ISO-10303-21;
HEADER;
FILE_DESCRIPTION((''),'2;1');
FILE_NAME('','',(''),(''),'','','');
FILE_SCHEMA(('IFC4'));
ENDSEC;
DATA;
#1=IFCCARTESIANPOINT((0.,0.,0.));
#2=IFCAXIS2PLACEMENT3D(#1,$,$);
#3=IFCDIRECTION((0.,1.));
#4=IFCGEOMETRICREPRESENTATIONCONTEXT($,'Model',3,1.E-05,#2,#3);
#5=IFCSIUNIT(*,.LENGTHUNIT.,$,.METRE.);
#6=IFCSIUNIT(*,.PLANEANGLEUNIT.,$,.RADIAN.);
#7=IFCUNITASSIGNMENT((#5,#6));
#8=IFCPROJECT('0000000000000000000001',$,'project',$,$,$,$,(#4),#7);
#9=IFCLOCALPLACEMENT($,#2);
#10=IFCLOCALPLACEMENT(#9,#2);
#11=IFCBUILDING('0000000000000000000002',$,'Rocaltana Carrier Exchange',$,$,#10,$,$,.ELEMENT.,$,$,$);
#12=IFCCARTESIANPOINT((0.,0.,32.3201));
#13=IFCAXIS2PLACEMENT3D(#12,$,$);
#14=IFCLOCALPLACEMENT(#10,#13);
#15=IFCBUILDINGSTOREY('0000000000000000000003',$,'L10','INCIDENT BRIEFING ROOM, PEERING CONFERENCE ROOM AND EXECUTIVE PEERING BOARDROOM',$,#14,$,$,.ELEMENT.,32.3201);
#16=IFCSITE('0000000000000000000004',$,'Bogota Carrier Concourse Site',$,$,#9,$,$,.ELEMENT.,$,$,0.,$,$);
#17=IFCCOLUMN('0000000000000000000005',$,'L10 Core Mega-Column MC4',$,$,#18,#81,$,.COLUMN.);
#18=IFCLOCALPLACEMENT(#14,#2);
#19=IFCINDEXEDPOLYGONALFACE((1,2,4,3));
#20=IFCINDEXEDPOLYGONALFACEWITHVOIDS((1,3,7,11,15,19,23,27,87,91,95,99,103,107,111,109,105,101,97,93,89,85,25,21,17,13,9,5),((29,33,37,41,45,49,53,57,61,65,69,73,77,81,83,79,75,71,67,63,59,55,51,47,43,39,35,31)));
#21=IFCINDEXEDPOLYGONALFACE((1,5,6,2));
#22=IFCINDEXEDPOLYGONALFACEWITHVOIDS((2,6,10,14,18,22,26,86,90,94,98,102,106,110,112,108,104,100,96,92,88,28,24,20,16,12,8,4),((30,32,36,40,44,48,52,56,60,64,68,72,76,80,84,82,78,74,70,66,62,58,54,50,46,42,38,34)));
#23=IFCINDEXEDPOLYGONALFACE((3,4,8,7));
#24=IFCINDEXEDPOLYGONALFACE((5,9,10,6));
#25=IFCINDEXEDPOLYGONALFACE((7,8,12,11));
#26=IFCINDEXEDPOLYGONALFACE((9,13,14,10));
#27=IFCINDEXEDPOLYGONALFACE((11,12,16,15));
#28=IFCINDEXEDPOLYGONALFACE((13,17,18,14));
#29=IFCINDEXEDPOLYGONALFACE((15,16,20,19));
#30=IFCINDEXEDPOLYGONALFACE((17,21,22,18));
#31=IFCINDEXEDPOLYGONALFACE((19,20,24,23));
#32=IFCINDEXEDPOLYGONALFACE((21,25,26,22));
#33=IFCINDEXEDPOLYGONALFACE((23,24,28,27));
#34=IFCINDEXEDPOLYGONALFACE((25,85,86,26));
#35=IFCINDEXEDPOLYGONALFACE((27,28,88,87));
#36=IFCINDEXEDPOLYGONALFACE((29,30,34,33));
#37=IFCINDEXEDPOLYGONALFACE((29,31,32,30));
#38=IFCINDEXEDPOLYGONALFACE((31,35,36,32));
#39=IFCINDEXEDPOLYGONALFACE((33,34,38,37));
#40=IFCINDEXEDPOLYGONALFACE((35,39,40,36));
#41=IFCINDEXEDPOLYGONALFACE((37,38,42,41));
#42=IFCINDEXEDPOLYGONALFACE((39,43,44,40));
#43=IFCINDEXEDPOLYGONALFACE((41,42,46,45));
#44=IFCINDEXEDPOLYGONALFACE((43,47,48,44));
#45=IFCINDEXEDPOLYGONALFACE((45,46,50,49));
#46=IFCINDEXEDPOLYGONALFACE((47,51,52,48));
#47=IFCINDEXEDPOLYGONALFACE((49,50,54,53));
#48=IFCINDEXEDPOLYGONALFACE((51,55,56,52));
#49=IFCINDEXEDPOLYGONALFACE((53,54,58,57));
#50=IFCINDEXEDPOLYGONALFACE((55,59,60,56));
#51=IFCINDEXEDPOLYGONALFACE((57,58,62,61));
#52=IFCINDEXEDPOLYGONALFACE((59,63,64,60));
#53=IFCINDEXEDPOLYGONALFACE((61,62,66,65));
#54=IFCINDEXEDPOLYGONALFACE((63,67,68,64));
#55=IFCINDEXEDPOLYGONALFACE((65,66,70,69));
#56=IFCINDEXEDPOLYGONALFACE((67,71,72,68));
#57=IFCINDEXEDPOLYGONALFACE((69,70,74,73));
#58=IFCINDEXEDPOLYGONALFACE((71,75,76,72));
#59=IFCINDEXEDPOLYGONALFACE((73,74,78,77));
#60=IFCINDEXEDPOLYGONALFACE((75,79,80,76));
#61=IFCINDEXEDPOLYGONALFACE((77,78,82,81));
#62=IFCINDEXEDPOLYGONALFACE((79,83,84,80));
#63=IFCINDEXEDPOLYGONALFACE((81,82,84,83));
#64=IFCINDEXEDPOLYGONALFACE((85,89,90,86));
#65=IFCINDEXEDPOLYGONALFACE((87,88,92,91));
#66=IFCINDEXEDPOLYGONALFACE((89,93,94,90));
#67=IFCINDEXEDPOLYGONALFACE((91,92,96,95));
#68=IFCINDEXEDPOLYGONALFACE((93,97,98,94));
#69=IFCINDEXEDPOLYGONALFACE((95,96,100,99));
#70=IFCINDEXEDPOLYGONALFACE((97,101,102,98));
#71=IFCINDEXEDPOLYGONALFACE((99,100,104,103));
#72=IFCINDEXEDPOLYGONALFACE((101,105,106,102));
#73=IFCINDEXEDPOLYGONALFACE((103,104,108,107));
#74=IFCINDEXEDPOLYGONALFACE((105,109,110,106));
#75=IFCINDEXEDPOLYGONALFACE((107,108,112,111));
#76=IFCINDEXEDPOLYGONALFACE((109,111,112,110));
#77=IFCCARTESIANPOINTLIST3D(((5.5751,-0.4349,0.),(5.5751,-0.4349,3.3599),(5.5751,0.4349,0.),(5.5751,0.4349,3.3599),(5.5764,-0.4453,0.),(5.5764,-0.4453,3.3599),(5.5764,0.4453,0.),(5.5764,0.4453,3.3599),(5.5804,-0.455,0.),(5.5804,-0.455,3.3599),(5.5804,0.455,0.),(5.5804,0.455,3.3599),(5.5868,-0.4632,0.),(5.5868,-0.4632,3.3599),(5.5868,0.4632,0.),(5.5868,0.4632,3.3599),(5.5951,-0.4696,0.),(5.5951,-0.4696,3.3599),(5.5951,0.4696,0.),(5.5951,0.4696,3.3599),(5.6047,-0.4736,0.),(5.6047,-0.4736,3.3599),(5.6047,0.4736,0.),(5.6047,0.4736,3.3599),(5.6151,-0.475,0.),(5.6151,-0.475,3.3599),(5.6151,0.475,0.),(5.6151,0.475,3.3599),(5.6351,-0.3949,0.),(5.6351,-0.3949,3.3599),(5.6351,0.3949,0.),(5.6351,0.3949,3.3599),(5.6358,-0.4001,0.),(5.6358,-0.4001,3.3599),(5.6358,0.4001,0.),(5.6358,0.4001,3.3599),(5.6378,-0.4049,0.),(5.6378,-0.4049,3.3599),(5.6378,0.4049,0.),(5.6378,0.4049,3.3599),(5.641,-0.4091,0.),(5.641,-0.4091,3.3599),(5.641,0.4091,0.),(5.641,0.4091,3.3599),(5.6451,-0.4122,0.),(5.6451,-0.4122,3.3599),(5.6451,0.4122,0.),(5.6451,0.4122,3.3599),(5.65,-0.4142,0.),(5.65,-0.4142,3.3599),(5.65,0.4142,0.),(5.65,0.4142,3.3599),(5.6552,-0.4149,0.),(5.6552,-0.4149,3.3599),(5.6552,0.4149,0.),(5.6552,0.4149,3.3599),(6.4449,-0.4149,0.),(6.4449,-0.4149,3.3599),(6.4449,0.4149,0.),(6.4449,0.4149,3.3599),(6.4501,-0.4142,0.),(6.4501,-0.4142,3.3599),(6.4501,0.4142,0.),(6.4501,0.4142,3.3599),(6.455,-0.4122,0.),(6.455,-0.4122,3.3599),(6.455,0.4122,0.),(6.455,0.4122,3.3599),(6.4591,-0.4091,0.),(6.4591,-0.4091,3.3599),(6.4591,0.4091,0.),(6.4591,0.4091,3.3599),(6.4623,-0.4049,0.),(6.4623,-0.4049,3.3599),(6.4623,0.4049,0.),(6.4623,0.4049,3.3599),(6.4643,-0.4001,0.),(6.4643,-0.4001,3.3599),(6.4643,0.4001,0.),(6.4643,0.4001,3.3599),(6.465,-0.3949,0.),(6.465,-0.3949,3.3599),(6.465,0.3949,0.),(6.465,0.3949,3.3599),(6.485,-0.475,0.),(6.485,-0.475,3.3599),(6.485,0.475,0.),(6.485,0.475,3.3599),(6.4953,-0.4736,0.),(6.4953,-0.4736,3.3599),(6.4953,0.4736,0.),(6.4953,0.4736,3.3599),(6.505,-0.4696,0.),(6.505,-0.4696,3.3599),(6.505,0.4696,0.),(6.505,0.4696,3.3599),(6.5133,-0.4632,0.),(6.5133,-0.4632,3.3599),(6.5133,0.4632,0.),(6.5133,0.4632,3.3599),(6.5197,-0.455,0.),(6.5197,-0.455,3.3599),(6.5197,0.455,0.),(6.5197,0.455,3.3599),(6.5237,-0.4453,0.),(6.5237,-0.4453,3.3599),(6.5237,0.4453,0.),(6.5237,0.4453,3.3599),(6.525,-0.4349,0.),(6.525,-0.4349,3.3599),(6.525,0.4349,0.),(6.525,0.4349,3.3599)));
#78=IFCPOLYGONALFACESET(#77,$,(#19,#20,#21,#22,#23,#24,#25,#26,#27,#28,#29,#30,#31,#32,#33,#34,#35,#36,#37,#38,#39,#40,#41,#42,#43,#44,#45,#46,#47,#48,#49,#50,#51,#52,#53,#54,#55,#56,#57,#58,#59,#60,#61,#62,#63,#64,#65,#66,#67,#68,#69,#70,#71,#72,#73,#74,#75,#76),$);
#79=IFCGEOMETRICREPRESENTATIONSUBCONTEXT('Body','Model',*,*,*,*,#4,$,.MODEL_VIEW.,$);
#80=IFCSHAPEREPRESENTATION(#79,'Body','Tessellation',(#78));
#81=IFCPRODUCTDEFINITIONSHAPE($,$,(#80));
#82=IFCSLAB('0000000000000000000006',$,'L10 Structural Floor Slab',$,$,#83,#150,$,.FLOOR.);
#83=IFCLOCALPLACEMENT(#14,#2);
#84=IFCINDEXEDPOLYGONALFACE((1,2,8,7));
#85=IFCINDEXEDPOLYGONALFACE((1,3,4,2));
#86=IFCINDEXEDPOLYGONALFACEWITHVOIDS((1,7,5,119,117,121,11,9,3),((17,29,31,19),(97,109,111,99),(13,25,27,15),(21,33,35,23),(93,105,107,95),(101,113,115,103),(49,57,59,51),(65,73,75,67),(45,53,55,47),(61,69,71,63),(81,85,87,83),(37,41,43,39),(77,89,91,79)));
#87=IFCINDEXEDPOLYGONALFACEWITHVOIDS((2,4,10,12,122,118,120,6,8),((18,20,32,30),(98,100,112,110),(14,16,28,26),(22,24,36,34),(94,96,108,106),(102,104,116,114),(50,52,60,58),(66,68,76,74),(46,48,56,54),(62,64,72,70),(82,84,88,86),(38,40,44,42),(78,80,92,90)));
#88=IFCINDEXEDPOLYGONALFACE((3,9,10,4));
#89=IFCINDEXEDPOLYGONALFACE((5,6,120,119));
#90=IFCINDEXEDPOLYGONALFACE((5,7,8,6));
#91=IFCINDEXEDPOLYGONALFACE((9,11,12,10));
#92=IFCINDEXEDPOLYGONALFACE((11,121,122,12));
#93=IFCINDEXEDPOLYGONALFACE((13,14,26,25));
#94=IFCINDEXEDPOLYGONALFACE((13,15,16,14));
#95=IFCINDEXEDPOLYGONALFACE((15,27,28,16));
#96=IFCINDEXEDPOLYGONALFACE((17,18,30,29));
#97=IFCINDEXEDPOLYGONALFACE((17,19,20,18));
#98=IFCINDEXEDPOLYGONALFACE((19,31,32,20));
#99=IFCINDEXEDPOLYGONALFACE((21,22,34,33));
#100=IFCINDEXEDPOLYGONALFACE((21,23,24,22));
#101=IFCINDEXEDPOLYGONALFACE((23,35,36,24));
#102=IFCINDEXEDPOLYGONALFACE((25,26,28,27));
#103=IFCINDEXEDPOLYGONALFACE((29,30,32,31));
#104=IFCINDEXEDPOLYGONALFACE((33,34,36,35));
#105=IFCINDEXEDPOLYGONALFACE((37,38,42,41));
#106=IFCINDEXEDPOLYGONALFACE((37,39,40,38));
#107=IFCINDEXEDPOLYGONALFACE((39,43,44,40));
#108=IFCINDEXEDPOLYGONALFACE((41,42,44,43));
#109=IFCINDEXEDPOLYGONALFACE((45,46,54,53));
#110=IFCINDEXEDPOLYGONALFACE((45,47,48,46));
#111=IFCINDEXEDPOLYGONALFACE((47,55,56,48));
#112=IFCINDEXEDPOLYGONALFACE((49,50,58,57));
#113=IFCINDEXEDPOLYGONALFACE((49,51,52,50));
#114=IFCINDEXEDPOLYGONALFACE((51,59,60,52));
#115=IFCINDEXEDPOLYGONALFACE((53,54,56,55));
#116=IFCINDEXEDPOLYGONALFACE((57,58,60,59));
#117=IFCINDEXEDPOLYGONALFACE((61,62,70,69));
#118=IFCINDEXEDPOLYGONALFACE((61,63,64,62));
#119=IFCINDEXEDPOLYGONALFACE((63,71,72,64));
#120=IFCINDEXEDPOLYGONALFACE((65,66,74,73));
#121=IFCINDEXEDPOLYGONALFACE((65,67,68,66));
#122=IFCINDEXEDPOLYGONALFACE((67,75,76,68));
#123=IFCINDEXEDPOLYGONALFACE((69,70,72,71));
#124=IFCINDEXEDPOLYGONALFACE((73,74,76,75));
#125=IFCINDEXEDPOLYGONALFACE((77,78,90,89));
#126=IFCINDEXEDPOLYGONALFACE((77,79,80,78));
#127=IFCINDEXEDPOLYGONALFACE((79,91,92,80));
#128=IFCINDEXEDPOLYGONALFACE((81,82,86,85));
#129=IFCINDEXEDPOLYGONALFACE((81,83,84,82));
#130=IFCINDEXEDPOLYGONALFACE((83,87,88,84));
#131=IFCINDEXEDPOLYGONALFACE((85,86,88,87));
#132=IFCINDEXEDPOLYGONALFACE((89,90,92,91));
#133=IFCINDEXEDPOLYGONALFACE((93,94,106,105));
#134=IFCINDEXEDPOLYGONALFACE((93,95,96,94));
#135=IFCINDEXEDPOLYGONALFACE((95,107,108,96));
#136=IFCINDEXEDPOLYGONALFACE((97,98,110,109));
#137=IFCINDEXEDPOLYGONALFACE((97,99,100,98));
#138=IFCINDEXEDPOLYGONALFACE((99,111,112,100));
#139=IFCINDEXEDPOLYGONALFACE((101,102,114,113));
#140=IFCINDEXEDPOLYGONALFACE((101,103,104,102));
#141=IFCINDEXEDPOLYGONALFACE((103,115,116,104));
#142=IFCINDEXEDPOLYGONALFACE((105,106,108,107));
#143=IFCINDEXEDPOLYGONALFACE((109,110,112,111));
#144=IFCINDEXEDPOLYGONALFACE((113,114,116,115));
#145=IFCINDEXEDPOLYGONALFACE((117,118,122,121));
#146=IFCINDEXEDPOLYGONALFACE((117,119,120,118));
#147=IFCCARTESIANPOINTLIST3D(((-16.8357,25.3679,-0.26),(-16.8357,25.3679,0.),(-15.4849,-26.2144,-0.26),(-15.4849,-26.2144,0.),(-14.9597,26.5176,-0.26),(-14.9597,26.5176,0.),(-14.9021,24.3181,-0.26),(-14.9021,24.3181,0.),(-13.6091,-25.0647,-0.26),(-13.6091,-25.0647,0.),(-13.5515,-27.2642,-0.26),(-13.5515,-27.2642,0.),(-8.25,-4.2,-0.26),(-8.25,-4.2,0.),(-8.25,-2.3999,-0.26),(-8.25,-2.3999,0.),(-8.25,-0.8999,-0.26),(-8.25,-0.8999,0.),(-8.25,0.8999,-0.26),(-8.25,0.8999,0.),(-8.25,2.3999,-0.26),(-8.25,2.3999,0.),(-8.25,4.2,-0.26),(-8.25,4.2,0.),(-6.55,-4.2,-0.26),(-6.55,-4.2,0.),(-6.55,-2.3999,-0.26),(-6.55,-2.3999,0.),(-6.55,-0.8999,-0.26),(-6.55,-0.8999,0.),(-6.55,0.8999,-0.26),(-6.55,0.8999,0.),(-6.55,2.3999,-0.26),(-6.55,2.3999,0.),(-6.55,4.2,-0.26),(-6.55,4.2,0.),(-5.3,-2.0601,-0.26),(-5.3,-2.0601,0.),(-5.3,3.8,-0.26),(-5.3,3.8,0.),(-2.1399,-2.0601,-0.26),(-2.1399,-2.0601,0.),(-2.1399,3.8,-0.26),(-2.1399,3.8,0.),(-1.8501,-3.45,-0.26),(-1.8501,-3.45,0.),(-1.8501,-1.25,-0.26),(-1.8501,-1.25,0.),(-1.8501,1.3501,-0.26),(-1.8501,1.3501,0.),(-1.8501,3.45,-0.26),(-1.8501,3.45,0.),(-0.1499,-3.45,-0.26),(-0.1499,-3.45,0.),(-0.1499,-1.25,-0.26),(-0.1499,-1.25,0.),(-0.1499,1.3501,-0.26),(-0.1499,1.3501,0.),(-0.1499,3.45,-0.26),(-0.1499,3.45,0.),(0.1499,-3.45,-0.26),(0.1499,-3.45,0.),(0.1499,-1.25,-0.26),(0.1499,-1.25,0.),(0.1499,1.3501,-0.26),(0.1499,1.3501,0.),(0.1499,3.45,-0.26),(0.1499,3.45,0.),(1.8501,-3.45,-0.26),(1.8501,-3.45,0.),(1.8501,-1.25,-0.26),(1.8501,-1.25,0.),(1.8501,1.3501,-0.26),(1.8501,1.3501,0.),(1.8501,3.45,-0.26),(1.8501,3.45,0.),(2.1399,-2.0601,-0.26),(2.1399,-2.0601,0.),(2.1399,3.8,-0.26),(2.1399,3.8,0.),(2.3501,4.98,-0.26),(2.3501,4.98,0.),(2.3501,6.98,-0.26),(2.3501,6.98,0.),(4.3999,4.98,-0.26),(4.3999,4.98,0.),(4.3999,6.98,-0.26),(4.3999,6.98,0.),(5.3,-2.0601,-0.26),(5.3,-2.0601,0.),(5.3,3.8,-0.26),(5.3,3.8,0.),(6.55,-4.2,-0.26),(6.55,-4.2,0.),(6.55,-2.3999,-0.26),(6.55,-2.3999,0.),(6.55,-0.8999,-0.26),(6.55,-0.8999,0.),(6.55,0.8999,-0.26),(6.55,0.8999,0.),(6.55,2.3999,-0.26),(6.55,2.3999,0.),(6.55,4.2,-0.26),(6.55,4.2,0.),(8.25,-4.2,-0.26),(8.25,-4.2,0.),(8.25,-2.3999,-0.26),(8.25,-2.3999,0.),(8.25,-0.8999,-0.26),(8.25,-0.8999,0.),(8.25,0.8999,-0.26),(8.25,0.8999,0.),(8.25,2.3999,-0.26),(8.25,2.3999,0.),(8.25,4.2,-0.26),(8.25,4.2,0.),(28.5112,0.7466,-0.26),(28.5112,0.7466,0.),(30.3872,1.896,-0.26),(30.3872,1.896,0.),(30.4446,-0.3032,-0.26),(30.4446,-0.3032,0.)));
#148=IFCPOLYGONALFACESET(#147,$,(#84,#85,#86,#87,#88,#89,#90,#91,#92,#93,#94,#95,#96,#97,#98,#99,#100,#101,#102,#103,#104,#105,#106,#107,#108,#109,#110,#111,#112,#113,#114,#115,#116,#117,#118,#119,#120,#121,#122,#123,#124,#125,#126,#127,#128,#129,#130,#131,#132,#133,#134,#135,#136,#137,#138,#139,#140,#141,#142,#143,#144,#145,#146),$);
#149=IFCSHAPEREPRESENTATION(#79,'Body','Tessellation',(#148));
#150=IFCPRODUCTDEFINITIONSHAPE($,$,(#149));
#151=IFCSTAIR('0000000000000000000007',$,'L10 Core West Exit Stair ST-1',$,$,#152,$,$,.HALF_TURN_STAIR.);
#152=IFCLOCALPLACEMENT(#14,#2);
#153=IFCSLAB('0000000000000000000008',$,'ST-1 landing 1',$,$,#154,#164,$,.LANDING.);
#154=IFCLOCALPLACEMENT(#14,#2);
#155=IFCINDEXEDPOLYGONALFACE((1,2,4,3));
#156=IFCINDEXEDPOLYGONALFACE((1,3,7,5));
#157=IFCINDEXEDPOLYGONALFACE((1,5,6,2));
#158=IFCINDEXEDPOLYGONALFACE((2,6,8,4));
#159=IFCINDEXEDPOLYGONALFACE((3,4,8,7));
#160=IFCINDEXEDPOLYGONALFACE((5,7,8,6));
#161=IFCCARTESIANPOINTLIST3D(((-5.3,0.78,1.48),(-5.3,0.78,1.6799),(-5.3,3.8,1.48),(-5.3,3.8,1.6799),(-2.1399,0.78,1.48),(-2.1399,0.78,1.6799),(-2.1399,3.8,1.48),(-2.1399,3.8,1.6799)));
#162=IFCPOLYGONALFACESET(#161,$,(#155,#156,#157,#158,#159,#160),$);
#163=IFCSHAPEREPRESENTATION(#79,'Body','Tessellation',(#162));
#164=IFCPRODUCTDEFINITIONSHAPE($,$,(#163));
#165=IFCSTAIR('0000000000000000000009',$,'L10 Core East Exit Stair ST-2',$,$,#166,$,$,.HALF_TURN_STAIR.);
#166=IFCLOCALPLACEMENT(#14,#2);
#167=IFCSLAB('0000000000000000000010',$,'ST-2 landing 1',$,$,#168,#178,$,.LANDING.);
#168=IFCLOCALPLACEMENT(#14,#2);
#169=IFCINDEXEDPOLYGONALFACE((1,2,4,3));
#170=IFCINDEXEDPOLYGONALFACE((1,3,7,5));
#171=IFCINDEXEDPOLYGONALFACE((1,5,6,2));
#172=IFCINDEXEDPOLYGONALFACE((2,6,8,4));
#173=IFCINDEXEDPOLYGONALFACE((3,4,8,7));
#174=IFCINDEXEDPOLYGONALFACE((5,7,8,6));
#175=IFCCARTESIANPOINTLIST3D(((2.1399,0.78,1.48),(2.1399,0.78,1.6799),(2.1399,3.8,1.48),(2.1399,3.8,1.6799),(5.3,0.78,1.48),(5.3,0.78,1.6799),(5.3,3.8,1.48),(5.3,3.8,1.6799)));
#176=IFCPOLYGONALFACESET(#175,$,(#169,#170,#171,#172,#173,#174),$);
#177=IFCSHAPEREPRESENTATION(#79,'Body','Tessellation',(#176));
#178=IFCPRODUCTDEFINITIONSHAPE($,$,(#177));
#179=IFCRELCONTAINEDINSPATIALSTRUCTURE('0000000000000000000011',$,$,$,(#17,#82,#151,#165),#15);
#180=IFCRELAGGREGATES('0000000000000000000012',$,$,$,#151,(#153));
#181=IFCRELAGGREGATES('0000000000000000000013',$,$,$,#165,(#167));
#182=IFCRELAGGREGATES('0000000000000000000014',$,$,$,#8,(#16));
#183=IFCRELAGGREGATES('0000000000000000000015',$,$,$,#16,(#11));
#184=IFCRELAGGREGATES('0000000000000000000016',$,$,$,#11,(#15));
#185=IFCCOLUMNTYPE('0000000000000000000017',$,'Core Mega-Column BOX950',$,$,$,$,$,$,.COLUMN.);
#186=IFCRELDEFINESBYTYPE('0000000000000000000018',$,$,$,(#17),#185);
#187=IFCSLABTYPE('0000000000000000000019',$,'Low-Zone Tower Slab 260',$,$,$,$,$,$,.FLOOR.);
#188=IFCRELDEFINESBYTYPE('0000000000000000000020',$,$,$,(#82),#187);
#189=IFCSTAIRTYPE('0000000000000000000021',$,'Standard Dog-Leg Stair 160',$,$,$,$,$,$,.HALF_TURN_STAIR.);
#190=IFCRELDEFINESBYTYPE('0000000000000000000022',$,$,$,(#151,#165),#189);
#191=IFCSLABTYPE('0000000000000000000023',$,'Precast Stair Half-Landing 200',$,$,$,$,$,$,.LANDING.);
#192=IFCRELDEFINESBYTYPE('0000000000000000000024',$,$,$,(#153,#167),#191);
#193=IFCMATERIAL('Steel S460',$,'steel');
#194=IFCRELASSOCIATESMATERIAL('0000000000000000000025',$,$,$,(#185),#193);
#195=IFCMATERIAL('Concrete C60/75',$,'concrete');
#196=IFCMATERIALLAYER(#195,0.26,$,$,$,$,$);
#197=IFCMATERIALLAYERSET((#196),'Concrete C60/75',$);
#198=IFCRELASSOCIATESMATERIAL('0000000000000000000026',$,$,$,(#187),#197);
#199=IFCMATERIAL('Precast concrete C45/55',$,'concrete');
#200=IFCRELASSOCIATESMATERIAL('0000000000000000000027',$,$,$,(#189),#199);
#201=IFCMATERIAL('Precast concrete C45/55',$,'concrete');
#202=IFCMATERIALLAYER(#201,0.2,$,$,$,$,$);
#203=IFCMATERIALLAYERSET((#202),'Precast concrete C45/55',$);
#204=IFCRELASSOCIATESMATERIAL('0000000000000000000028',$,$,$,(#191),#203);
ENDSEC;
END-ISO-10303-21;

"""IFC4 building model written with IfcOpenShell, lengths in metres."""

from ifc_helpers import new_model, si_unit, direction, frame, origin, origin_2d, place, context, subcontext, project, spatial, polyline, hollow_rectangle, outline, extrude, material, layer, layer_set, material_profile, profile_set, type_object, element, aggregate, save


model = new_model("IFC4")

# Units and contexts
model_context = context("Model", 3, precision=1e-05, world=origin(), true_north=direction((0.0, 1.0)))
body_context = subcontext(model_context, "Body", "Model", "MODEL_VIEW")
ifc_project = project(units=[si_unit("LENGTHUNIT", "METRE"), si_unit("PLANEANGLEUNIT", "RADIAN")], contexts=[model_context])

# Site, building, storey
site_placement = place(None, origin())
site = spatial("IfcSite", under=ifc_project, at=site_placement, Name="Bogota Carrier Concourse Site", CompositionType="ELEMENT", RefElevation=0.0)
building_placement = place(site_placement, origin())
building = spatial("IfcBuilding", under=site, at=building_placement, Name="Rocaltana Carrier Exchange", CompositionType="ELEMENT")
storey_placement = place(building_placement, frame((0.0, 0.0, 32.3201)))
storey = spatial("IfcBuildingStorey", under=building, at=storey_placement, Name="L10", Description="INCIDENT BRIEFING ROOM, PEERING CONFERENCE ROOM AND EXECUTIVE PEERING BOARDROOM", CompositionType="ELEMENT", Elevation=32.3201)

# Column
ifc_material_1 = material(Name="Steel S460", Category="steel")
ifc_material_profile = material_profile(ifc_material_1, hollow_rectangle(XDim=0.95, YDim=0.95, WallThickness=0.0601, InnerFilletRadius=0.02, OuterFilletRadius=0.04, at=origin_2d()), Name="BOX950X950X60")
ifc_profile_set = profile_set([ifc_material_profile], Name="Steel S460")
column_type = type_object("IfcColumnType", Name="Core Mega-Column BOX950", PredefinedType="COLUMN", material=ifc_profile_set)
column_placement = place(storey_placement, frame((6.05, 0.0, 0.0), z_axis=(0.0, 0.0, 1.0), x_axis=(1.0, 0.0, 0.0)))
element("IfcColumn", 1, at=column_placement, inside=storey, type_object=column_type, Name="L10 Core Mega-Column MC4", PredefinedType="COLUMN", context=body_context, shape_type="SweptSolid", body=[
    extrude(hollow_rectangle(XDim=0.95, YDim=0.95, WallThickness=0.0601, InnerFilletRadius=0.02, OuterFilletRadius=0.04, at=origin_2d()), origin(), (0.0, 0.0, 1.0), 3.3599),
])

# Slab
ifc_material_2 = material(Name="Concrete C60/75", Category="concrete")
ifc_layer_1 = layer(ifc_material_2, 0.26)
ifc_layer_set_1 = layer_set([ifc_layer_1], Name="Concrete C60/75")
slab_type_1 = type_object("IfcSlabType", Name="Low-Zone Tower Slab 260", PredefinedType="FLOOR", material=ifc_layer_set_1)
slab_1_placement = place(storey_placement, frame((0.0, 0.0, -0.26)))
element("IfcSlab", 2, at=slab_1_placement, inside=storey, type_object=slab_type_1, Name="L10 Structural Floor Slab", PredefinedType="FLOOR", context=body_context, shape_type="SweptSolid", body=[
    extrude(outline(polyline([(30.4446, -0.3032), (28.5112, 0.7466), (30.3872, 1.896), (-14.9597, 26.5176), (-14.9021, 24.3181), (-16.8357, 25.3679), (-15.4849, -26.2144), (-13.6091, -25.0647), (-13.5515, -27.2642), (30.4446, -0.3032)]), holes=[polyline([(-5.3, -2.0601), (-2.1399, -2.0601), (-2.1399, 3.8), (-5.3, 3.8), (-5.3, -2.0601)]), polyline([(2.1399, -2.0601), (5.3, -2.0601), (5.3, 3.8), (2.1399, 3.8), (2.1399, -2.0601)]), polyline([(-1.8501, -3.45), (-0.1499, -3.45), (-0.1499, -1.25), (-1.8501, -1.25), (-1.8501, -3.45)]), polyline([(0.1499, -3.45), (1.8501, -3.45), (1.8501, -1.25), (0.1499, -1.25), (0.1499, -3.45)]), polyline([(2.3501, 4.98), (4.3999, 4.98), (4.3999, 6.98), (2.3501, 6.98), (2.3501, 4.98)]), polyline([(-1.8501, 1.3501), (-0.1499, 1.3501), (-0.1499, 3.45), (-1.8501, 3.45), (-1.8501, 1.3501)]), polyline([(0.1499, 1.3501), (1.8501, 1.3501), (1.8501, 3.45), (0.1499, 3.45), (0.1499, 1.3501)]), polyline([(-8.25, -4.2), (-6.55, -4.2), (-6.55, -2.3999), (-8.25, -2.3999), (-8.25, -4.2)]), polyline([(-8.25, -0.8999), (-6.55, -0.8999), (-6.55, 0.8999), (-8.25, 0.8999), (-8.25, -0.8999)]), polyline([(-8.25, 2.3999), (-6.55, 2.3999), (-6.55, 4.2), (-8.25, 4.2), (-8.25, 2.3999)]), polyline([(6.55, -4.2), (8.25, -4.2), (8.25, -2.3999), (6.55, -2.3999), (6.55, -4.2)]), polyline([(6.55, -0.8999), (8.25, -0.8999), (8.25, 0.8999), (6.55, 0.8999), (6.55, -0.8999)]), polyline([(6.55, 2.3999), (8.25, 2.3999), (8.25, 4.2), (6.55, 4.2), (6.55, 2.3999)])]), origin(), (0.0, 0.0, 1.0), 0.26),
])

# Stairs, slabs
ifc_material_3 = material(Name="Precast concrete C45/55", Category="concrete")
stair_type = type_object("IfcStairType", Name="Standard Dog-Leg Stair 160", PredefinedType="HALF_TURN_STAIR", material=ifc_material_3)
stair_1_placement = place(storey_placement, origin())
stair_1 = element("IfcStair", 3, at=stair_1_placement, inside=storey, type_object=stair_type, Name="L10 Core West Exit Stair ST-1", PredefinedType="HALF_TURN_STAIR")
ifc_material_4 = material(Name="Precast concrete C45/55", Category="concrete")
ifc_layer_2 = layer(ifc_material_4, 0.2)
ifc_layer_set_2 = layer_set([ifc_layer_2], Name="Precast concrete C45/55")
slab_type_2 = type_object("IfcSlabType", Name="Precast Stair Half-Landing 200", PredefinedType="LANDING", material=ifc_layer_set_2)
slab_2_placement = place(storey_placement, frame((0.0, 0.0, 1.48)))
slab_2 = element("IfcSlab", 4, at=slab_2_placement, type_object=slab_type_2, Name="ST-1 landing 1", PredefinedType="LANDING", context=body_context, shape_type="SweptSolid", body=[
    extrude(outline(polyline([(-2.1399, 0.78), (-2.1399, 3.8), (-5.3, 3.8), (-5.3, 0.78), (-2.1399, 0.78)])), origin(), (0.0, 0.0, 1.0), 0.2),
])
aggregate(stair_1, [slab_2])
stair_2_placement = place(storey_placement, origin())
stair_2 = element("IfcStair", 5, at=stair_2_placement, inside=storey, type_object=stair_type, Name="L10 Core East Exit Stair ST-2", PredefinedType="HALF_TURN_STAIR")
slab_3_placement = place(storey_placement, frame((0.0, 0.0, 1.48)))
slab_3 = element("IfcSlab", 6, at=slab_3_placement, type_object=slab_type_2, Name="ST-2 landing 1", PredefinedType="LANDING", context=body_context, shape_type="SweptSolid", body=[
    extrude(outline(polyline([(5.3, 0.78), (5.3, 3.8), (2.1399, 3.8), (2.1399, 0.78), (5.3, 0.78)])), origin(), (0.0, 0.0, 1.0), 0.2),
])

aggregate(stair_2, [slab_3])

save(model, "model.ifc")
